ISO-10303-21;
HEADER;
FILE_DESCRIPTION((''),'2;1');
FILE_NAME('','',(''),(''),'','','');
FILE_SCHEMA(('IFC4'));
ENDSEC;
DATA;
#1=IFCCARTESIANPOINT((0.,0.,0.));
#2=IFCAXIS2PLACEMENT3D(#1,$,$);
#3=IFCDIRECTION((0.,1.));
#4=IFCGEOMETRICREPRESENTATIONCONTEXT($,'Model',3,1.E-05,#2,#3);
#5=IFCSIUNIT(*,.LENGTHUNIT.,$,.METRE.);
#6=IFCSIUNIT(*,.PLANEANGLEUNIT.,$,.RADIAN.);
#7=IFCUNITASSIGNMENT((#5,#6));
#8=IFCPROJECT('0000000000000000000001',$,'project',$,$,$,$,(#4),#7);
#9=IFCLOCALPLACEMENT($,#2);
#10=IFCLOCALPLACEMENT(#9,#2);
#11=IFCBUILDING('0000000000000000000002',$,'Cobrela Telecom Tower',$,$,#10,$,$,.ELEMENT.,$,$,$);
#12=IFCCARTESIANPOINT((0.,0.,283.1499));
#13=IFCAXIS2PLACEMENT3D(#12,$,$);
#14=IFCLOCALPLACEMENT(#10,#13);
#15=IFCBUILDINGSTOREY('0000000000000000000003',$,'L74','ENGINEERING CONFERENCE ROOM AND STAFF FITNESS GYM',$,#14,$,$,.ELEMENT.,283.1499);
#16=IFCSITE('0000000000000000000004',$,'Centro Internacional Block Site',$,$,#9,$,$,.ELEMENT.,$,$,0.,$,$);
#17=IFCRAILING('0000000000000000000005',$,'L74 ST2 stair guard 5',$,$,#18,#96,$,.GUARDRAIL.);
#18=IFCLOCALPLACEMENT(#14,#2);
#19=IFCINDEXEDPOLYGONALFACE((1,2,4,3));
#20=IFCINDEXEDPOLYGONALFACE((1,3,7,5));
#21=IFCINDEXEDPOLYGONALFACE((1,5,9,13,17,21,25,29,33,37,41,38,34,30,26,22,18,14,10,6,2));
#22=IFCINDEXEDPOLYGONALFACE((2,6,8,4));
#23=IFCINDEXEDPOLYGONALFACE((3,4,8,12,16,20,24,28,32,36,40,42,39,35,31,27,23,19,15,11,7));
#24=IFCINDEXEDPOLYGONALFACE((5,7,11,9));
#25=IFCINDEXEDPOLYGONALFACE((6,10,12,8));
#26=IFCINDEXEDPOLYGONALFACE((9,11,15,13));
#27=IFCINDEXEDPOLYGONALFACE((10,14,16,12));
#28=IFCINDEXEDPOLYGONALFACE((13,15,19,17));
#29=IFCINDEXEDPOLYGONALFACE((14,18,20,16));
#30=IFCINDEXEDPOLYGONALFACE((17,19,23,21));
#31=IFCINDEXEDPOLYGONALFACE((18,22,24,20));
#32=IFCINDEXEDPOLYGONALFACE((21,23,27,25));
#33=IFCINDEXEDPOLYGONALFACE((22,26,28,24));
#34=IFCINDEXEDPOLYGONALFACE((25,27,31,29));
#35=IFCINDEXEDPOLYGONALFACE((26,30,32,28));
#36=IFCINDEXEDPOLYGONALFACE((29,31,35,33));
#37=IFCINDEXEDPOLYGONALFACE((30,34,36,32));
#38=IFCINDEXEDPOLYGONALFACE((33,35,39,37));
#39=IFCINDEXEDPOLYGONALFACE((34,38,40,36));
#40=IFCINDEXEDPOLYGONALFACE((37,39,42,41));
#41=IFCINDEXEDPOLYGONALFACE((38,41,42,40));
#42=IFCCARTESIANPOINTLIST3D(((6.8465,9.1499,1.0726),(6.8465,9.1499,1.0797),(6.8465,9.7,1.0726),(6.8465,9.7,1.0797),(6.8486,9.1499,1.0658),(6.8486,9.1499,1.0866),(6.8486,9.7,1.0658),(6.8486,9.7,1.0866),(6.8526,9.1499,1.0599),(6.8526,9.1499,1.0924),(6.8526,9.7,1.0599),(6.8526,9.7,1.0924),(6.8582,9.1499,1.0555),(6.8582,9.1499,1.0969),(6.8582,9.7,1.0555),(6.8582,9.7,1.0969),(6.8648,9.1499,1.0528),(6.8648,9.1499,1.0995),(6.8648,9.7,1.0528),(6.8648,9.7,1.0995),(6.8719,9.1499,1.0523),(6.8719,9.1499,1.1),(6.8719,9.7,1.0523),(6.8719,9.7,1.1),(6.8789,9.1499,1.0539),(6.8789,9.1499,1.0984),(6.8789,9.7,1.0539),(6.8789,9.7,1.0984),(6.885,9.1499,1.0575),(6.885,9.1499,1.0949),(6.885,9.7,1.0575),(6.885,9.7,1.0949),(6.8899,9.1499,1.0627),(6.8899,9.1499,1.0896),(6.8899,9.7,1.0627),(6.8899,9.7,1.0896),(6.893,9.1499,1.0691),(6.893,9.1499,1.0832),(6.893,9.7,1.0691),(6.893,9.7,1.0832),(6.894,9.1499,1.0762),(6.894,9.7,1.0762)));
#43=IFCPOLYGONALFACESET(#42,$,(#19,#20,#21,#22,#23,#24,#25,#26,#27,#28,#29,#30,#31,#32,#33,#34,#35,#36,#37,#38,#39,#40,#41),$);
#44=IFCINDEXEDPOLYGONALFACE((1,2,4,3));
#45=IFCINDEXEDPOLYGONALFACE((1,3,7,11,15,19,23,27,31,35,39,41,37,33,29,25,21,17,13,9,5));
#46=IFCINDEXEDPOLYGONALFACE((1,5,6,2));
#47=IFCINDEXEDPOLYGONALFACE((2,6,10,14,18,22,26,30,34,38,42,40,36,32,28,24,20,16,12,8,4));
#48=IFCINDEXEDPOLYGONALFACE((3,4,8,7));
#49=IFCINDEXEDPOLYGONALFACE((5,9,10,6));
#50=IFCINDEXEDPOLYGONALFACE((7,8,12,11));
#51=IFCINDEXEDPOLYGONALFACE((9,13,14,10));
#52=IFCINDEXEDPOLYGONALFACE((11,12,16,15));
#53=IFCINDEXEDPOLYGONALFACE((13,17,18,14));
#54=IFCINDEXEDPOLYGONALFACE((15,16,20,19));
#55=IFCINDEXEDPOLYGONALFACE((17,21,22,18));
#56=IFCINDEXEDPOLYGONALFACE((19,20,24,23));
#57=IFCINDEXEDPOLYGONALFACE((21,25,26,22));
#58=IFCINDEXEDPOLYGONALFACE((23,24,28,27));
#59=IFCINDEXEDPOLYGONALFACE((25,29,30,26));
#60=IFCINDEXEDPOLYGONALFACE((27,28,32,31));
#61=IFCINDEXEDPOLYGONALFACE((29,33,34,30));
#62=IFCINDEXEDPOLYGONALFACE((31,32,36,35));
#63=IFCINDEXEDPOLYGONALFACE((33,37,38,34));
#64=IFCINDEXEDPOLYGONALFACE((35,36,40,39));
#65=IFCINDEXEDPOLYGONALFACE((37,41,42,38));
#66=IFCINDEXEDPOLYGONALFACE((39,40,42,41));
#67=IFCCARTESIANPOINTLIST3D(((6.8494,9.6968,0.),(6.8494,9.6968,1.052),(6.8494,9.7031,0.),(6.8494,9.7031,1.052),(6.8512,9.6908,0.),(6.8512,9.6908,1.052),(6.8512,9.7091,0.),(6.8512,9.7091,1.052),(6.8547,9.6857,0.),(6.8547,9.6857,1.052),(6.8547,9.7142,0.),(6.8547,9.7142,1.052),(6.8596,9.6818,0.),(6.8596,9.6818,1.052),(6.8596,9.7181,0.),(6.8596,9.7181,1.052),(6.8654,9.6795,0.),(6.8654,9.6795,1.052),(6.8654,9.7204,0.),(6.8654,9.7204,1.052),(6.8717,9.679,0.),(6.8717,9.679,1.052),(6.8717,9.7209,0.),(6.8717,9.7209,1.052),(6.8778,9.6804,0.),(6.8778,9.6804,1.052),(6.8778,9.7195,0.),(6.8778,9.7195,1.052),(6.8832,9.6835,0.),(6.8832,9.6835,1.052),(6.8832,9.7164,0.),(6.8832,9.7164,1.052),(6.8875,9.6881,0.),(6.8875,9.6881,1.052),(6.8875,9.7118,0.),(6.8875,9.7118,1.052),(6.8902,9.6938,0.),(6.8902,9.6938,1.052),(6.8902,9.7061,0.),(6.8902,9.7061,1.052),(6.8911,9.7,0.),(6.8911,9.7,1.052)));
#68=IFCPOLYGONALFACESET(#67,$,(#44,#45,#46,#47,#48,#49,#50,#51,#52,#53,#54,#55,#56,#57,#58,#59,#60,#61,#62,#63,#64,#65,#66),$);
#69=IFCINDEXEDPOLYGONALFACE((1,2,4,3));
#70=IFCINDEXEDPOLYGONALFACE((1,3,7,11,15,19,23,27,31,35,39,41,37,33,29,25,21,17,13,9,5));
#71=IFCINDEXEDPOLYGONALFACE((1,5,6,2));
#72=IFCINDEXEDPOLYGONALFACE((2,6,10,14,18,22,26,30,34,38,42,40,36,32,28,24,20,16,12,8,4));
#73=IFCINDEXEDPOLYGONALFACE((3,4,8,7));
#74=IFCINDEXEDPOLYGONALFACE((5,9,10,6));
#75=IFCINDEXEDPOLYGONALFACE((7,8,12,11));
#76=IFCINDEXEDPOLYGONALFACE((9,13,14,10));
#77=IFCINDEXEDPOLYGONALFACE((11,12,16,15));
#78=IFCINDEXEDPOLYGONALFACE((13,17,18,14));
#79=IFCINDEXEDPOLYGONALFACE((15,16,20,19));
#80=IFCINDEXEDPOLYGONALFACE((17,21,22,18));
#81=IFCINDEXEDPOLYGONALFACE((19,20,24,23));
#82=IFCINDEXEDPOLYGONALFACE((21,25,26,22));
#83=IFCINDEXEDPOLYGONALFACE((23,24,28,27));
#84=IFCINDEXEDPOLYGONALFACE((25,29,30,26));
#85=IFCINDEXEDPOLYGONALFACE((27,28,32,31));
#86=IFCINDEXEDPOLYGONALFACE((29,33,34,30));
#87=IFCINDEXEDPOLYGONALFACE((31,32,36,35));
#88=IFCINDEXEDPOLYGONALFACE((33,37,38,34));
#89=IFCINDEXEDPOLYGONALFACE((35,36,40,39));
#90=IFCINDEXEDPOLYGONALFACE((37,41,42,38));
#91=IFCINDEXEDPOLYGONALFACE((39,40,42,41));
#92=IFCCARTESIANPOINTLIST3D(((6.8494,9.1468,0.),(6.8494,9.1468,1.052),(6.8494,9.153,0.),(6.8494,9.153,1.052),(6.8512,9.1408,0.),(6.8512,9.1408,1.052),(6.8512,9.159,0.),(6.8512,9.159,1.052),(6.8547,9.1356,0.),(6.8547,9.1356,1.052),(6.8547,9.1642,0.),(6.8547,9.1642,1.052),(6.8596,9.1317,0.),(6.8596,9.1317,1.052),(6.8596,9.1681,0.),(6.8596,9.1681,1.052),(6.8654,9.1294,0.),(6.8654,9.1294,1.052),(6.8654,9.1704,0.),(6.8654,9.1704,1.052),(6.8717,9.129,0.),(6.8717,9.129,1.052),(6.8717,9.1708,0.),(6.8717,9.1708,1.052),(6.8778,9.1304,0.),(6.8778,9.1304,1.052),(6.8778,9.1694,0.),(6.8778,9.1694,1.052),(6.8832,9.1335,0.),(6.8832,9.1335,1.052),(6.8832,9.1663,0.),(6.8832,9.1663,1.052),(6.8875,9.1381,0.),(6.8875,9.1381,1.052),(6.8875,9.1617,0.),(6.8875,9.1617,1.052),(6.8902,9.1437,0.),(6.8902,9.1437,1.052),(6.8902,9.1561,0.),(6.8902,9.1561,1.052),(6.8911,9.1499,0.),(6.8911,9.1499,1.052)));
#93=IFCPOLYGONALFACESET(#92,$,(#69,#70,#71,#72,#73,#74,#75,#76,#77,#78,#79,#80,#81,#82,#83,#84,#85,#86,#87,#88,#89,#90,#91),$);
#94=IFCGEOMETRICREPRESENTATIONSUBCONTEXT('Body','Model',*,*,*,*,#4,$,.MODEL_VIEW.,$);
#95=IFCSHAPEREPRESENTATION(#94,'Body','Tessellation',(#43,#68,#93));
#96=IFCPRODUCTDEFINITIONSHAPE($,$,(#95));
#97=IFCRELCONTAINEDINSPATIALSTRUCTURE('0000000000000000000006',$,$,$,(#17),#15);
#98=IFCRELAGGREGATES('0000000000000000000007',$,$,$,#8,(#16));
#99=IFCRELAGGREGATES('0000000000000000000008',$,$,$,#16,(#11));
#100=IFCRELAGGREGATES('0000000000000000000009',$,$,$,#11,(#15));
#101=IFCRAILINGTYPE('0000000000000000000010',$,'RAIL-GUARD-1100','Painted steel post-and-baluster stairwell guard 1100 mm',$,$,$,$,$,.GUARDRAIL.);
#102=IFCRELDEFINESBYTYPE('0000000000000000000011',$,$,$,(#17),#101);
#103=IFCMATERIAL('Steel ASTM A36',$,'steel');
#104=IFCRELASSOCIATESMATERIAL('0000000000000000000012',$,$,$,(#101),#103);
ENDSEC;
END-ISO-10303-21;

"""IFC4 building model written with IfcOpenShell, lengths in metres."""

from ifc_helpers import new_model, si_unit, direction, frame, origin, origin_2d, place, context, subcontext, project, spatial, circle, extrude, material, type_object, element, save


model = new_model("IFC4")

# Units and contexts
model_context = context("Model", 3, precision=1e-05, world=origin(), true_north=direction((0.0, 1.0)))
body_context = subcontext(model_context, "Body", "Model", "MODEL_VIEW")
ifc_project = project(units=[si_unit("LENGTHUNIT", "METRE"), si_unit("PLANEANGLEUNIT", "RADIAN")], contexts=[model_context])

# Site, building, storey
site_placement = place(None, origin())
site = spatial("IfcSite", under=ifc_project, at=site_placement, Name="Centro Internacional Block Site", CompositionType="ELEMENT", RefElevation=0.0)
building_placement = place(site_placement, origin())
building = spatial("IfcBuilding", under=site, at=building_placement, Name="Cobrela Telecom Tower", CompositionType="ELEMENT")
storey_placement = place(building_placement, frame((0.0, 0.0, 283.1499)))
storey = spatial("IfcBuildingStorey", under=building, at=storey_placement, Name="L74", Description="ENGINEERING CONFERENCE ROOM AND STAFF FITNESS GYM", CompositionType="ELEMENT", Elevation=283.1499)

# Shared definitions
ifc_material_1 = material(Name="Steel ASTM A36", Category="steel")

# Railing
railing_type = type_object("IfcRailingType", Name="RAIL-GUARD-1100", Description="Painted steel post-and-baluster stairwell guard 1100 mm", PredefinedType="GUARDRAIL", material=ifc_material_1)
railing_1_placement = place(storey_placement, frame((6.8701, 9.7, 0.0)))
element("IfcRailing", 1, at=railing_1_placement, inside=storey, type_object=railing_type, Name="L74 ST2 stair guard 5", PredefinedType="GUARDRAIL", context=body_context, shape_type="SweptSolid", body=[
    extrude(circle(Radius=0.0239, at=origin_2d()), frame((0.0, 0.0, 1.0762), z_axis=(0.0, -1.0, 0.0), x_axis=(1.0, 0.0, 0.0)), (0.0, 0.0, 1.0), 0.55),
    extrude(circle(Radius=0.021, at=origin_2d()), origin(), (0.0, 0.0, 1.0), 1.052),
    extrude(circle(Radius=0.021, at=origin_2d()), frame((0.0, -0.55, 0.0)), (0.0, 0.0, 1.0), 1.052),
])

save(model, "model.ifc")
